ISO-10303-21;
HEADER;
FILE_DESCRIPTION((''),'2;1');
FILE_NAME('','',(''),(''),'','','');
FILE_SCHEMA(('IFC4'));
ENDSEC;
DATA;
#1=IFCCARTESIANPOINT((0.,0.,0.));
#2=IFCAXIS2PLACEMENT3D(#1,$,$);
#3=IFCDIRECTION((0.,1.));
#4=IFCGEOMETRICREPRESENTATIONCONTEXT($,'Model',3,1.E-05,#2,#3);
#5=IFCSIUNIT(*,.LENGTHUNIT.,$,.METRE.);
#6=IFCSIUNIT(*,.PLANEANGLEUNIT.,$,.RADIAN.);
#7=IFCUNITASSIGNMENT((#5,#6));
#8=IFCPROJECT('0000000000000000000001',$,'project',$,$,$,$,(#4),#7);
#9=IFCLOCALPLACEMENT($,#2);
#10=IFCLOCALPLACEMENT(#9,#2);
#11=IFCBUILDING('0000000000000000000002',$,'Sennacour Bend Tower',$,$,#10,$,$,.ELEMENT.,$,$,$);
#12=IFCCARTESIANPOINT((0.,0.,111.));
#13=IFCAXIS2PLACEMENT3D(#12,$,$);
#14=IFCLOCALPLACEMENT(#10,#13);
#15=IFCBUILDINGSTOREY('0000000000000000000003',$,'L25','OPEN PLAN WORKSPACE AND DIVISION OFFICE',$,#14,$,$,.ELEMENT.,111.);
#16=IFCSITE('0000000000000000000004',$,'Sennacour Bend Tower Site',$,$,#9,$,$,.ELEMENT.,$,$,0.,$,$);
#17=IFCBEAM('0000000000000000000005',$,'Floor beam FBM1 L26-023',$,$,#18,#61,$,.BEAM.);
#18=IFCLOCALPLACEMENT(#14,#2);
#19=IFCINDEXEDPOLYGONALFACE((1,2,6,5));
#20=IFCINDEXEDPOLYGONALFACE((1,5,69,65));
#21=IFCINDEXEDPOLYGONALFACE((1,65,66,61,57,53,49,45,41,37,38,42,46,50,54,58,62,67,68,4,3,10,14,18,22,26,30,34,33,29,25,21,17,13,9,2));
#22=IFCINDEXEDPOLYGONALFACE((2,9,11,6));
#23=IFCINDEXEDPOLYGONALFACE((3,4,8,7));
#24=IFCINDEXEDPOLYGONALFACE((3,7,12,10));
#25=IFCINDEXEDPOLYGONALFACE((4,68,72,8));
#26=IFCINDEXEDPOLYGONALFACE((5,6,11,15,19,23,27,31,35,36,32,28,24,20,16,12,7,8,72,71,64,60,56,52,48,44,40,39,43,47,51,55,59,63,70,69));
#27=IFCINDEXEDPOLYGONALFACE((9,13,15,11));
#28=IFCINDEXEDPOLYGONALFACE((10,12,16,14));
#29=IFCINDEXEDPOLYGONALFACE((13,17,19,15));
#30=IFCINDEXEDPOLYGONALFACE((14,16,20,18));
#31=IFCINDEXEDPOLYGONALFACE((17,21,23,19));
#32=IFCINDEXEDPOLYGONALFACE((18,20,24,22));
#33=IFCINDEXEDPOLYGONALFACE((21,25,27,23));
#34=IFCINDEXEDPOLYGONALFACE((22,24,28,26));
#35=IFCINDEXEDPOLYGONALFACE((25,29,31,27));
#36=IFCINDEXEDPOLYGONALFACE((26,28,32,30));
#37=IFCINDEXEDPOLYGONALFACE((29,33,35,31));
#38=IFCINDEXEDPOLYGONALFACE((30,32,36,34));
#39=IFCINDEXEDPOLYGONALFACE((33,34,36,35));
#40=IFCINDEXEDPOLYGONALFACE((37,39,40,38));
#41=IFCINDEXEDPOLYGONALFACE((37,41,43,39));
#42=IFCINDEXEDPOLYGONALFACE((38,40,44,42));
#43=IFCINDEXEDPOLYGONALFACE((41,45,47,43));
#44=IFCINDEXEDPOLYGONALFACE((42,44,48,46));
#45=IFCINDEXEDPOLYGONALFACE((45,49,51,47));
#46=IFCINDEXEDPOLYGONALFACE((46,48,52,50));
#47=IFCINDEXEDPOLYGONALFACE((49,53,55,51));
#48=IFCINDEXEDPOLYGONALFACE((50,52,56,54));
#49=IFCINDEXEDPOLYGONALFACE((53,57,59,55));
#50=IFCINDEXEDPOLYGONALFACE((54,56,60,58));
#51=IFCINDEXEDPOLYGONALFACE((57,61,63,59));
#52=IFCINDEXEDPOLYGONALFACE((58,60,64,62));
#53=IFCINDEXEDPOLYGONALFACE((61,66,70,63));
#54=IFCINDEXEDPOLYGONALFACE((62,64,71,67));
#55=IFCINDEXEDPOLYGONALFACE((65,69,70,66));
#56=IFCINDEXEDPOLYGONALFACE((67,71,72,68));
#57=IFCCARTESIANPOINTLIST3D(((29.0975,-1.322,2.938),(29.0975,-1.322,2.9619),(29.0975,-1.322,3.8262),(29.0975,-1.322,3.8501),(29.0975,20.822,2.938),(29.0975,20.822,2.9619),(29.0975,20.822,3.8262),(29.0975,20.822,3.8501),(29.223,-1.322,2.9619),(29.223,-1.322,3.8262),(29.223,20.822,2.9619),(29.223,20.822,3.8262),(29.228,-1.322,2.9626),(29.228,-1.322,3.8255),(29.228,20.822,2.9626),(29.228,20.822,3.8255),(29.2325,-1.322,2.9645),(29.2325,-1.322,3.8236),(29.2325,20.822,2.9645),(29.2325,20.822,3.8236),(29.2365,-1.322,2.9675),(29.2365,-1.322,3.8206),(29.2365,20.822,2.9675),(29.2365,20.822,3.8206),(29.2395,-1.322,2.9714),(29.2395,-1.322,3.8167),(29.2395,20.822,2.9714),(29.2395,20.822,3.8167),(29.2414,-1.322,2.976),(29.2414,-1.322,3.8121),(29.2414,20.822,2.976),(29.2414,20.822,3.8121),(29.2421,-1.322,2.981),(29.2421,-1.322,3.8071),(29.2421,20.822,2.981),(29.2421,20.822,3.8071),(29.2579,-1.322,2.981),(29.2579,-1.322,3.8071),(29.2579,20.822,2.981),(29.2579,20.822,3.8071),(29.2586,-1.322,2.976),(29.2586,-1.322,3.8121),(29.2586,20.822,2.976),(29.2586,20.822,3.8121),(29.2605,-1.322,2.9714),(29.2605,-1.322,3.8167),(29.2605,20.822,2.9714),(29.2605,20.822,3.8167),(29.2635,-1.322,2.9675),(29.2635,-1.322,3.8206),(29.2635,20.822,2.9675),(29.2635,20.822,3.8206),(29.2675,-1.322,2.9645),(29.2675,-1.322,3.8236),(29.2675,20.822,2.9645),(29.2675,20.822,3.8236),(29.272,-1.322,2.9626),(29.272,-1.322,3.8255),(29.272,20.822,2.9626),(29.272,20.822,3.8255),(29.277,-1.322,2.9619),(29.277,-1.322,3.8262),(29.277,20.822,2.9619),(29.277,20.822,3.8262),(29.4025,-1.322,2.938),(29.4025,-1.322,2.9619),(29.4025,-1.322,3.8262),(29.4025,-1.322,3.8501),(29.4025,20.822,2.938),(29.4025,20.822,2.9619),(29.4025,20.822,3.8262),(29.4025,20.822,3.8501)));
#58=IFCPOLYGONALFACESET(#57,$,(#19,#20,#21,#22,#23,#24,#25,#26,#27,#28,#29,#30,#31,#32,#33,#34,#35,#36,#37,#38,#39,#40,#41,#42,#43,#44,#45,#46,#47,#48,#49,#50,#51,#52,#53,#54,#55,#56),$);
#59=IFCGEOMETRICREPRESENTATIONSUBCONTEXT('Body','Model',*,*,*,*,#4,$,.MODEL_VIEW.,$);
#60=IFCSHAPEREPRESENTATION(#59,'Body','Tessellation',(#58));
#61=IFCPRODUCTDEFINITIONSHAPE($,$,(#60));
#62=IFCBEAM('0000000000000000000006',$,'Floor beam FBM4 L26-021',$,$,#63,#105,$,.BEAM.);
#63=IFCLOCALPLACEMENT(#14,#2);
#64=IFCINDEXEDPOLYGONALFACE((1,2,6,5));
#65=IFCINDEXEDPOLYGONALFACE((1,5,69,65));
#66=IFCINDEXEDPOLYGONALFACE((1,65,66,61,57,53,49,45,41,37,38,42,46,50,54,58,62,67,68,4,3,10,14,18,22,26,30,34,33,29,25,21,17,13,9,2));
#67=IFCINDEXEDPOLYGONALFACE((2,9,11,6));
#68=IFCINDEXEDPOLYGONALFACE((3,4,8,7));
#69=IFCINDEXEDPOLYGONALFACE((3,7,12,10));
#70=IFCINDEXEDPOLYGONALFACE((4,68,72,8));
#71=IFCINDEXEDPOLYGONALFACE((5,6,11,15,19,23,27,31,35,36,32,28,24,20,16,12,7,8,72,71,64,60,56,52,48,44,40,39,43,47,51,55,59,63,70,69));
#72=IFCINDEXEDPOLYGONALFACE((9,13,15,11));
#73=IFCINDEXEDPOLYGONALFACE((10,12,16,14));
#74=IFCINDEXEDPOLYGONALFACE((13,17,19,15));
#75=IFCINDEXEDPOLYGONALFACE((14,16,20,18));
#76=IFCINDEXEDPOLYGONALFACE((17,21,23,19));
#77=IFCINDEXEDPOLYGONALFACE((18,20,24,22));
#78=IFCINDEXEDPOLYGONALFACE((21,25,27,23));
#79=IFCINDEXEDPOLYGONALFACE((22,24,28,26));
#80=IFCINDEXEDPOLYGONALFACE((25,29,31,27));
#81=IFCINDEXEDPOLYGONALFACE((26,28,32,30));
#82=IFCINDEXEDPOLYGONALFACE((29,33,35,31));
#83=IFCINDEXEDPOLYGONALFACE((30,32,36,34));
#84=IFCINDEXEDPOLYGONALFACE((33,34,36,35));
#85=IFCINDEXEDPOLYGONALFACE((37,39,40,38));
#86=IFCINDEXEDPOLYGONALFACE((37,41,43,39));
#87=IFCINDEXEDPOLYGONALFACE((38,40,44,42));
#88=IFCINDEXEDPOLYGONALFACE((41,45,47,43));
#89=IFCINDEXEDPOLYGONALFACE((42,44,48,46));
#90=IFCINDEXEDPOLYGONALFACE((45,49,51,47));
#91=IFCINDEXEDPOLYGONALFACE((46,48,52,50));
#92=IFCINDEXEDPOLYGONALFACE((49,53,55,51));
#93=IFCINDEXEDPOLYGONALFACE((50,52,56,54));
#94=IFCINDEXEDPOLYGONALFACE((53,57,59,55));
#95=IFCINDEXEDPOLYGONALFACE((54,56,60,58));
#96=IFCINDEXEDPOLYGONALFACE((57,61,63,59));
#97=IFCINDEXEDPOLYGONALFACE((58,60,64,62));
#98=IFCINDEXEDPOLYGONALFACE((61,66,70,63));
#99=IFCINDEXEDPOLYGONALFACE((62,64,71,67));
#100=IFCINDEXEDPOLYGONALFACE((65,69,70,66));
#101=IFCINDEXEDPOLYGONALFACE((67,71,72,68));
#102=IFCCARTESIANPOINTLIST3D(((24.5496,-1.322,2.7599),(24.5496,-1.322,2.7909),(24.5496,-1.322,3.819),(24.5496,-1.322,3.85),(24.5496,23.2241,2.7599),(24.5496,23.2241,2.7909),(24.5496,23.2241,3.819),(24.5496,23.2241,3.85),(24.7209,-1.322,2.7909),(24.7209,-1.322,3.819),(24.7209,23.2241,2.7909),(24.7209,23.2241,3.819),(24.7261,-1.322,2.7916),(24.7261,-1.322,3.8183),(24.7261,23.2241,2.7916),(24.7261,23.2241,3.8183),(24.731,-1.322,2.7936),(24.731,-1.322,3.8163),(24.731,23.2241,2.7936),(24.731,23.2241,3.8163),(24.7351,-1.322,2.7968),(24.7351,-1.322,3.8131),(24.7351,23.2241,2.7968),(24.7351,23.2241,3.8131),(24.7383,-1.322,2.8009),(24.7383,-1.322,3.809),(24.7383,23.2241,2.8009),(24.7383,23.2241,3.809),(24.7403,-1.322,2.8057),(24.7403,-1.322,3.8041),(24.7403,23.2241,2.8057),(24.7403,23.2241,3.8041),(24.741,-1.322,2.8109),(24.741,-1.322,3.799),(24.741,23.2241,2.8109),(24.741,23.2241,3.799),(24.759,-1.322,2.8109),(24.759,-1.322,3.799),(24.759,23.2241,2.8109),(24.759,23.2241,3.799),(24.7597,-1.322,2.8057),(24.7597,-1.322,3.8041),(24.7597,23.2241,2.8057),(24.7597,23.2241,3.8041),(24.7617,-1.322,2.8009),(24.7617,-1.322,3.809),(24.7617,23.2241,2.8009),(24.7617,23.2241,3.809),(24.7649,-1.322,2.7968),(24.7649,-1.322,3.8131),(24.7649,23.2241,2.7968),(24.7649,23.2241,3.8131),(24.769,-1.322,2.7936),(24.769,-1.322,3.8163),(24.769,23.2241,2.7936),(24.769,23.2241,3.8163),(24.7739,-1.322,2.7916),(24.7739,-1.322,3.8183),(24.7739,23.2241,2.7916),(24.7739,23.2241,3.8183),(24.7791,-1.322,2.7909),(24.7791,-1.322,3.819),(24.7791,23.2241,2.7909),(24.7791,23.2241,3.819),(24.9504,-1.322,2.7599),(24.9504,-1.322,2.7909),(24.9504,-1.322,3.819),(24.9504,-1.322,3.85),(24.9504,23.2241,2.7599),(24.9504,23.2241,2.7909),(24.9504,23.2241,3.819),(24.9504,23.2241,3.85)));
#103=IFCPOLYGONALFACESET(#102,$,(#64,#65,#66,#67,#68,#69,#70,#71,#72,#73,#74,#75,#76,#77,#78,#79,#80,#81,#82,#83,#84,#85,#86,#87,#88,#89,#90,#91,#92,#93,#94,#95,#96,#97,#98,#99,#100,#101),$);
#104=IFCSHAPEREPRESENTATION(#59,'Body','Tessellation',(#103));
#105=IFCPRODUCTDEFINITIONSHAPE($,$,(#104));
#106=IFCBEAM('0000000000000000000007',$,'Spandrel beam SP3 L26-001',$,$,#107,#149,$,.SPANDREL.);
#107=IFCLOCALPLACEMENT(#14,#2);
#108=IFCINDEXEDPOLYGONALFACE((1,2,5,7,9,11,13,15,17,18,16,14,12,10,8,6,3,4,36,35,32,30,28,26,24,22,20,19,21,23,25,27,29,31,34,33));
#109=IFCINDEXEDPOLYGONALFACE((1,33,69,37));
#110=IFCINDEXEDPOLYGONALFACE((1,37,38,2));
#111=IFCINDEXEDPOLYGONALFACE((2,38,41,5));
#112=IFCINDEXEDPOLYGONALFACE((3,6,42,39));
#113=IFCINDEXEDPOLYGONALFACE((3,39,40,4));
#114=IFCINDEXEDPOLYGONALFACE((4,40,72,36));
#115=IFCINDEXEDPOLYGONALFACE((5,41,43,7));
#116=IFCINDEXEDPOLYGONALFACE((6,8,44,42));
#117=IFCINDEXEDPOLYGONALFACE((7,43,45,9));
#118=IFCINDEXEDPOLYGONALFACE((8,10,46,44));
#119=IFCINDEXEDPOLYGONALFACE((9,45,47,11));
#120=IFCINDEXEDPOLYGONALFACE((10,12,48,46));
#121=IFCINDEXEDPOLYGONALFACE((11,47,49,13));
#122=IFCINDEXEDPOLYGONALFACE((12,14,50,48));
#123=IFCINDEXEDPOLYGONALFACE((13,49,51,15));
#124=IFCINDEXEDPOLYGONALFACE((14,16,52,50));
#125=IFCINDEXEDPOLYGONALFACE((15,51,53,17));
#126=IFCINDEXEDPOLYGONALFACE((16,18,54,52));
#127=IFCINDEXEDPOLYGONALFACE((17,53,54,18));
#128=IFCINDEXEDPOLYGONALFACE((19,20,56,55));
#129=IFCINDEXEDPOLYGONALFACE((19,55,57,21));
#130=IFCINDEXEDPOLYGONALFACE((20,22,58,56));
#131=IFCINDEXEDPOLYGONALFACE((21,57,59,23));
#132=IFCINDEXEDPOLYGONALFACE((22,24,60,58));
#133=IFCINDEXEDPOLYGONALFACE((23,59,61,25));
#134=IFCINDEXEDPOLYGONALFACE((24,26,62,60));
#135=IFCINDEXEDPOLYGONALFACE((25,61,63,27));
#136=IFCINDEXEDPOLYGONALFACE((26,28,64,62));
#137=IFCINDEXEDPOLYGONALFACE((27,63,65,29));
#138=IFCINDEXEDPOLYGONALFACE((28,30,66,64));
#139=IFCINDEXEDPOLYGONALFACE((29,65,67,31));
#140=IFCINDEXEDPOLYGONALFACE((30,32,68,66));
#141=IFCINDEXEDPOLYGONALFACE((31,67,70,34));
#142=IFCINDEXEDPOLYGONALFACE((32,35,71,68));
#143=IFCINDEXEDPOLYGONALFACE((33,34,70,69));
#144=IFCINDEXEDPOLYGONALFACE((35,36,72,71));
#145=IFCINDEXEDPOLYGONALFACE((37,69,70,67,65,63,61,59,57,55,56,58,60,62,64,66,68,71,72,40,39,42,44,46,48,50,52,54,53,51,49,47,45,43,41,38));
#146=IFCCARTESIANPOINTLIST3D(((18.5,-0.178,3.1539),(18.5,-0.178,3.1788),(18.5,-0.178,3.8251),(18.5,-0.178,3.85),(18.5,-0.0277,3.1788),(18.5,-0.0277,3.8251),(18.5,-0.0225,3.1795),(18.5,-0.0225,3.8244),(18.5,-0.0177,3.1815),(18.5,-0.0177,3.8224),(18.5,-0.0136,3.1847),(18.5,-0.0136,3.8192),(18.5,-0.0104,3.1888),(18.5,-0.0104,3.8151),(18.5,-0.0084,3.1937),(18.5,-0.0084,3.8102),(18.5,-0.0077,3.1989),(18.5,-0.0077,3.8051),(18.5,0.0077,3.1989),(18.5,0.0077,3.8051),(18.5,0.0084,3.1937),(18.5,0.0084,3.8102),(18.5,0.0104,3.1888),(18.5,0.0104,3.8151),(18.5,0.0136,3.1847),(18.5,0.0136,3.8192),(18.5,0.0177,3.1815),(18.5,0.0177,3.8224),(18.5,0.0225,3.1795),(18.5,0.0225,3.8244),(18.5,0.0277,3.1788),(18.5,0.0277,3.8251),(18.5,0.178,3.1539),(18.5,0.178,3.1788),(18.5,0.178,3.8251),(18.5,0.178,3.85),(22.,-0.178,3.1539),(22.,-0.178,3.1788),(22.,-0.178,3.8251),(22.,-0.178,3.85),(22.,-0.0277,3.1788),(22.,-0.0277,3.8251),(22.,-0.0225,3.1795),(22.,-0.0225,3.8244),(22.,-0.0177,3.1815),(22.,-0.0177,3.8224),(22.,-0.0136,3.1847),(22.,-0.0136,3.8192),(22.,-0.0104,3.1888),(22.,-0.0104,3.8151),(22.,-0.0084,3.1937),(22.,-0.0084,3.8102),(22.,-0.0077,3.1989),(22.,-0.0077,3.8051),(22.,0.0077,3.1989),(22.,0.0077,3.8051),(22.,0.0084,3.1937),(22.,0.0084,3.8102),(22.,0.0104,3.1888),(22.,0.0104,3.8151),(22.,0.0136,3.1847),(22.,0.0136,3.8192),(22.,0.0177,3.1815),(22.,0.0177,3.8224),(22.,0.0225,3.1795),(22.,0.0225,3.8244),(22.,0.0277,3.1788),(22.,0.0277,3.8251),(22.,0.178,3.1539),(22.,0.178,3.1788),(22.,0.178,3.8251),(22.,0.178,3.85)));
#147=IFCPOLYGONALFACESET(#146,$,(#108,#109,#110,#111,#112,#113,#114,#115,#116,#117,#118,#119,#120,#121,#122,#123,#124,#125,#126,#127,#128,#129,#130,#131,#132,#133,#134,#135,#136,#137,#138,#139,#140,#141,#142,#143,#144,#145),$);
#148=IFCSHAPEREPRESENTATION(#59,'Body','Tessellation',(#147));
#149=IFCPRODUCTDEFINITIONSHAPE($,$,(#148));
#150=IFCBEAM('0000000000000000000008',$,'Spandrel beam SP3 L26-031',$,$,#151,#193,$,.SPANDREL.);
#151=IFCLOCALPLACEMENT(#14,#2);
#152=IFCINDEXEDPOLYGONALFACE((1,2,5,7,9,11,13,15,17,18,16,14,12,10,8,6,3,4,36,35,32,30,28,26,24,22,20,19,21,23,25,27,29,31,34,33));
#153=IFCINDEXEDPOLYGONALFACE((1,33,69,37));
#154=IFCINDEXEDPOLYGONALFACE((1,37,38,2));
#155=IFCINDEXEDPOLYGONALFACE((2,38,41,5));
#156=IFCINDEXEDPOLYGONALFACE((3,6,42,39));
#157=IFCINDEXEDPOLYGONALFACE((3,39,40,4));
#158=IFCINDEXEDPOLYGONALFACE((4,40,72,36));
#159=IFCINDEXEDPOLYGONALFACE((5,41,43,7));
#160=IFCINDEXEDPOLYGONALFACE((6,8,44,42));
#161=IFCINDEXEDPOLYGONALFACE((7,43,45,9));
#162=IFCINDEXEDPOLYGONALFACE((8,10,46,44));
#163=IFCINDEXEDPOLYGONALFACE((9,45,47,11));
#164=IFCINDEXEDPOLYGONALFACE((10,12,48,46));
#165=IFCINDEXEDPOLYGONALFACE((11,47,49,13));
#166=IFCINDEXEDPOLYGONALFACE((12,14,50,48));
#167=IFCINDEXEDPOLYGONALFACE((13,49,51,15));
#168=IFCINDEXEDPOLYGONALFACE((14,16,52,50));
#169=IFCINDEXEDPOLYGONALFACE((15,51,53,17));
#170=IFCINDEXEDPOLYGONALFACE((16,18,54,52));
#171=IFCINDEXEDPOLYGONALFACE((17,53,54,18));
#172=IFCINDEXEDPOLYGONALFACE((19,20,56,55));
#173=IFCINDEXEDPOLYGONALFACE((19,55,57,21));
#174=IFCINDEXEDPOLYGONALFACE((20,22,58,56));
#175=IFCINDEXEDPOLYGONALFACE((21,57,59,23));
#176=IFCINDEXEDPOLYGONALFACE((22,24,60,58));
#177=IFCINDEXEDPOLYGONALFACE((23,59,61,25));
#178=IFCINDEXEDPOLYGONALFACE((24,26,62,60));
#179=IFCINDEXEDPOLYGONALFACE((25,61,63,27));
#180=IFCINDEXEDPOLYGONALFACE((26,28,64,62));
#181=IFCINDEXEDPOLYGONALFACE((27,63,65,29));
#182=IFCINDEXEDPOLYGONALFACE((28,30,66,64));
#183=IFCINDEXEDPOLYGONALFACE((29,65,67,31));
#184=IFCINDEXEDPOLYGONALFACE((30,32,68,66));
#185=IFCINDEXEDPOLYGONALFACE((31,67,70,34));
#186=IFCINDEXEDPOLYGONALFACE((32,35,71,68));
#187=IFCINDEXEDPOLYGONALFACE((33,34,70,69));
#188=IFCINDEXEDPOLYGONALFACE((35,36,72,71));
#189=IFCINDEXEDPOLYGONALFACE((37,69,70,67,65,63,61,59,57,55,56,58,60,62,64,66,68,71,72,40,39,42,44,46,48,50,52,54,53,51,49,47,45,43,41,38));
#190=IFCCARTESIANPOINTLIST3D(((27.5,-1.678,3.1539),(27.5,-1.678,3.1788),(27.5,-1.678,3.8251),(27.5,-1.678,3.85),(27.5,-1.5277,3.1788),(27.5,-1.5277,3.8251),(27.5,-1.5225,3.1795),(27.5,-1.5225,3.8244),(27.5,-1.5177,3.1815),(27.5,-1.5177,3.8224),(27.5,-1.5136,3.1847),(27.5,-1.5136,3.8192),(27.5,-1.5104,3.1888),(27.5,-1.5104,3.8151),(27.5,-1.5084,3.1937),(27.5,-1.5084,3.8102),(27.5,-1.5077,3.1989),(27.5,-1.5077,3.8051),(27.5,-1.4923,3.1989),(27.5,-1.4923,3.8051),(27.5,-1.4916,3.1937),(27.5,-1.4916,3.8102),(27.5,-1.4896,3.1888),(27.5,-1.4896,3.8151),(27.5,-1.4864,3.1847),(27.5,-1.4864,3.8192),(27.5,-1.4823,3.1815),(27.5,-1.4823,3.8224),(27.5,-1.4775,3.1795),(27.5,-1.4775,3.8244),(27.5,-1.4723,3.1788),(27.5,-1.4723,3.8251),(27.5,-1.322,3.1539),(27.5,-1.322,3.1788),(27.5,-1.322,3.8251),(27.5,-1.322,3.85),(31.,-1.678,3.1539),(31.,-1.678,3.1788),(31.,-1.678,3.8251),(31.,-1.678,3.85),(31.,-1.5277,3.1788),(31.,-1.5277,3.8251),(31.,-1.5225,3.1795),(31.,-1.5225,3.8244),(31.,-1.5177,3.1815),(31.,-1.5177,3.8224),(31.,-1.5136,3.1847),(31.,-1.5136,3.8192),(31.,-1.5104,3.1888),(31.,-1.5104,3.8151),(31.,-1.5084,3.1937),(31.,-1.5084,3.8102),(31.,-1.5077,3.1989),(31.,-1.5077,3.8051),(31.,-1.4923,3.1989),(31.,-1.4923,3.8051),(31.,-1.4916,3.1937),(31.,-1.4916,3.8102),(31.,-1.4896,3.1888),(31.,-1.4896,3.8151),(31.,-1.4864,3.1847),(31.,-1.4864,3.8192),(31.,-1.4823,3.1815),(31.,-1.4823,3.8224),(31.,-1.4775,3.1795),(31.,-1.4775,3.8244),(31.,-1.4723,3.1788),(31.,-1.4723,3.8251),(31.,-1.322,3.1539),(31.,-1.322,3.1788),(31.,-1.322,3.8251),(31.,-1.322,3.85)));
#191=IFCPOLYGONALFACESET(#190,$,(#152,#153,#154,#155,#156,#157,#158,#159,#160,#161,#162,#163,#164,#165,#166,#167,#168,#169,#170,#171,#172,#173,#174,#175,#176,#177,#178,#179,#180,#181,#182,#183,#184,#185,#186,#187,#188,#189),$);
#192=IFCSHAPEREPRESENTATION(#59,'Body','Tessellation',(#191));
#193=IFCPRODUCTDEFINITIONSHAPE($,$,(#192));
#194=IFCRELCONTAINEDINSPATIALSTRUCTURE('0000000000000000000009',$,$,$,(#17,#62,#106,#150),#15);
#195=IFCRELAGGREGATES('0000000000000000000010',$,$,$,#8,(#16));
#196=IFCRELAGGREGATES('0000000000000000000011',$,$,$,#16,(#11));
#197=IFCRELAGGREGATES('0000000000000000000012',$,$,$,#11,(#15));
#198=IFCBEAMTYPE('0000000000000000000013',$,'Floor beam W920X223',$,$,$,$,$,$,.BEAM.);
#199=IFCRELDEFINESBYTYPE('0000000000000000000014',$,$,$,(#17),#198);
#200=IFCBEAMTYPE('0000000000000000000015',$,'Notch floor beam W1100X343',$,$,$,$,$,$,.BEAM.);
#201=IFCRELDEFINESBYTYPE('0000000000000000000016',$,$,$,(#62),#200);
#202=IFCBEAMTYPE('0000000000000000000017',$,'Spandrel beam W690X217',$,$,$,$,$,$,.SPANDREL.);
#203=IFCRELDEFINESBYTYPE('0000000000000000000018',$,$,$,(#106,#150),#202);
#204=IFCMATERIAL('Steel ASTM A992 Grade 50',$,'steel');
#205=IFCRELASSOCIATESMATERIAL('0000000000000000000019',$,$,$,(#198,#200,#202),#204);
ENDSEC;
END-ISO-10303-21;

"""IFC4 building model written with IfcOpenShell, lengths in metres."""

from ifc_helpers import new_model, si_unit, direction, frame, origin, origin_2d, place, context, subcontext, project, spatial, i_section, extrude, material, material_profile, profile_set, type_object, element, save


model = new_model("IFC4")

# Units and contexts
model_context = context("Model", 3, precision=1e-05, world=origin(), true_north=direction((0.0, 1.0)))
body_context = subcontext(model_context, "Body", "Model", "MODEL_VIEW")
ifc_project = project(units=[si_unit("LENGTHUNIT", "METRE"), si_unit("PLANEANGLEUNIT", "RADIAN")], contexts=[model_context])

# Site, building, storey
site_placement = place(None, origin())
site = spatial("IfcSite", under=ifc_project, at=site_placement, Name="Sennacour Bend Tower Site", CompositionType="ELEMENT", RefElevation=0.0)
building_placement = place(site_placement, origin())
building = spatial("IfcBuilding", under=site, at=building_placement, Name="Sennacour Bend Tower", CompositionType="ELEMENT")
storey_placement = place(building_placement, frame((0.0, 0.0, 111.0)))
storey = spatial("IfcBuildingStorey", under=building, at=storey_placement, Name="L25", Description="OPEN PLAN WORKSPACE AND DIVISION OFFICE", CompositionType="ELEMENT", Elevation=111.0)

# Beams
ifc_material_1 = material(Name="Steel ASTM A992 Grade 50", Category="steel")
ifc_material_profile_1 = material_profile(ifc_material_1, i_section(OverallWidth=0.3049, OverallDepth=0.9121, WebThickness=0.0159, FlangeThickness=0.0239, FilletRadius=0.019, at=origin_2d()), Name="Steel ASTM A992 Grade 50", Category="steel")
ifc_profile_set_1 = profile_set([ifc_material_profile_1], Name="Steel ASTM A992 Grade 50")
beam_type_1 = type_object("IfcBeamType", Name="Floor beam W920X223", PredefinedType="BEAM", material=ifc_profile_set_1)
beam_1_placement = place(storey_placement, frame((29.25, -1.322, 3.394), z_axis=(0.0, 1.0, 0.0), x_axis=(-1.0, 0.0, 0.0)))
element("IfcBeam", 1, at=beam_1_placement, inside=storey, type_object=beam_type_1, Name="Floor beam FBM1 L26-023", PredefinedType="BEAM", context=body_context, shape_type="SweptSolid", body=[
    extrude(i_section(OverallWidth=0.3049, OverallDepth=0.9121, WebThickness=0.0159, FlangeThickness=0.0239, FilletRadius=0.019, at=origin_2d()), origin(), (0.0, 0.0, 1.0), 22.144),
])
ifc_material_profile_2 = material_profile(ifc_material_1, i_section(OverallWidth=0.4009, OverallDepth=1.0901, WebThickness=0.0181, FlangeThickness=0.031, FilletRadius=0.02, at=origin_2d()), Name="Steel ASTM A992 Grade 50", Category="steel")
ifc_profile_set_2 = profile_set([ifc_material_profile_2], Name="Steel ASTM A992 Grade 50")
beam_type_2 = type_object("IfcBeamType", Name="Notch floor beam W1100X343", PredefinedType="BEAM", material=ifc_profile_set_2)
beam_2_placement = place(storey_placement, frame((24.75, -1.322, 3.3049), z_axis=(0.0, 1.0, 0.0), x_axis=(-1.0, 0.0, 0.0)))
element("IfcBeam", 2, at=beam_2_placement, inside=storey, type_object=beam_type_2, Name="Floor beam FBM4 L26-021", PredefinedType="BEAM", context=body_context, shape_type="SweptSolid", body=[
    extrude(i_section(OverallWidth=0.4009, OverallDepth=1.0901, WebThickness=0.0181, FlangeThickness=0.031, FilletRadius=0.02, at=origin_2d()), origin(), (0.0, 0.0, 1.0), 24.5461),
])
ifc_material_profile_3 = material_profile(ifc_material_1, i_section(OverallWidth=0.356, OverallDepth=0.696, WebThickness=0.0154, FlangeThickness=0.0249, FilletRadius=0.02, at=origin_2d()), Name="Steel ASTM A992 Grade 50", Category="steel")
ifc_profile_set_3 = profile_set([ifc_material_profile_3], Name="Steel ASTM A992 Grade 50")
beam_type_3 = type_object("IfcBeamType", Name="Spandrel beam W690X217", PredefinedType="SPANDREL", material=ifc_profile_set_3)
for number, where, z_axis, x_axis, name in (
    (3, (22.0, 0.0, 3.502), (-1.0, 0.0, 0.0), (0.0, -1.0, 0.0), "Spandrel beam SP3 L26-001"),
    (4, (31.0, -1.5, 3.502), (-1.0, 0.0, 0.0), (0.0, -1.0, 0.0), "Spandrel beam SP3 L26-031"),
):
    element("IfcBeam", number, at=place(storey_placement, frame(where, z_axis=z_axis, x_axis=x_axis)), inside=storey, type_object=beam_type_3, Name=name, PredefinedType="SPANDREL", context=body_context, shape_type="SweptSolid", body=[
        extrude(i_section(OverallWidth=0.356, OverallDepth=0.696, WebThickness=0.0154, FlangeThickness=0.0249, FilletRadius=0.02, at=origin_2d()), origin(), (0.0, 0.0, 1.0), 3.5),
    ])

save(model, "model.ifc")
